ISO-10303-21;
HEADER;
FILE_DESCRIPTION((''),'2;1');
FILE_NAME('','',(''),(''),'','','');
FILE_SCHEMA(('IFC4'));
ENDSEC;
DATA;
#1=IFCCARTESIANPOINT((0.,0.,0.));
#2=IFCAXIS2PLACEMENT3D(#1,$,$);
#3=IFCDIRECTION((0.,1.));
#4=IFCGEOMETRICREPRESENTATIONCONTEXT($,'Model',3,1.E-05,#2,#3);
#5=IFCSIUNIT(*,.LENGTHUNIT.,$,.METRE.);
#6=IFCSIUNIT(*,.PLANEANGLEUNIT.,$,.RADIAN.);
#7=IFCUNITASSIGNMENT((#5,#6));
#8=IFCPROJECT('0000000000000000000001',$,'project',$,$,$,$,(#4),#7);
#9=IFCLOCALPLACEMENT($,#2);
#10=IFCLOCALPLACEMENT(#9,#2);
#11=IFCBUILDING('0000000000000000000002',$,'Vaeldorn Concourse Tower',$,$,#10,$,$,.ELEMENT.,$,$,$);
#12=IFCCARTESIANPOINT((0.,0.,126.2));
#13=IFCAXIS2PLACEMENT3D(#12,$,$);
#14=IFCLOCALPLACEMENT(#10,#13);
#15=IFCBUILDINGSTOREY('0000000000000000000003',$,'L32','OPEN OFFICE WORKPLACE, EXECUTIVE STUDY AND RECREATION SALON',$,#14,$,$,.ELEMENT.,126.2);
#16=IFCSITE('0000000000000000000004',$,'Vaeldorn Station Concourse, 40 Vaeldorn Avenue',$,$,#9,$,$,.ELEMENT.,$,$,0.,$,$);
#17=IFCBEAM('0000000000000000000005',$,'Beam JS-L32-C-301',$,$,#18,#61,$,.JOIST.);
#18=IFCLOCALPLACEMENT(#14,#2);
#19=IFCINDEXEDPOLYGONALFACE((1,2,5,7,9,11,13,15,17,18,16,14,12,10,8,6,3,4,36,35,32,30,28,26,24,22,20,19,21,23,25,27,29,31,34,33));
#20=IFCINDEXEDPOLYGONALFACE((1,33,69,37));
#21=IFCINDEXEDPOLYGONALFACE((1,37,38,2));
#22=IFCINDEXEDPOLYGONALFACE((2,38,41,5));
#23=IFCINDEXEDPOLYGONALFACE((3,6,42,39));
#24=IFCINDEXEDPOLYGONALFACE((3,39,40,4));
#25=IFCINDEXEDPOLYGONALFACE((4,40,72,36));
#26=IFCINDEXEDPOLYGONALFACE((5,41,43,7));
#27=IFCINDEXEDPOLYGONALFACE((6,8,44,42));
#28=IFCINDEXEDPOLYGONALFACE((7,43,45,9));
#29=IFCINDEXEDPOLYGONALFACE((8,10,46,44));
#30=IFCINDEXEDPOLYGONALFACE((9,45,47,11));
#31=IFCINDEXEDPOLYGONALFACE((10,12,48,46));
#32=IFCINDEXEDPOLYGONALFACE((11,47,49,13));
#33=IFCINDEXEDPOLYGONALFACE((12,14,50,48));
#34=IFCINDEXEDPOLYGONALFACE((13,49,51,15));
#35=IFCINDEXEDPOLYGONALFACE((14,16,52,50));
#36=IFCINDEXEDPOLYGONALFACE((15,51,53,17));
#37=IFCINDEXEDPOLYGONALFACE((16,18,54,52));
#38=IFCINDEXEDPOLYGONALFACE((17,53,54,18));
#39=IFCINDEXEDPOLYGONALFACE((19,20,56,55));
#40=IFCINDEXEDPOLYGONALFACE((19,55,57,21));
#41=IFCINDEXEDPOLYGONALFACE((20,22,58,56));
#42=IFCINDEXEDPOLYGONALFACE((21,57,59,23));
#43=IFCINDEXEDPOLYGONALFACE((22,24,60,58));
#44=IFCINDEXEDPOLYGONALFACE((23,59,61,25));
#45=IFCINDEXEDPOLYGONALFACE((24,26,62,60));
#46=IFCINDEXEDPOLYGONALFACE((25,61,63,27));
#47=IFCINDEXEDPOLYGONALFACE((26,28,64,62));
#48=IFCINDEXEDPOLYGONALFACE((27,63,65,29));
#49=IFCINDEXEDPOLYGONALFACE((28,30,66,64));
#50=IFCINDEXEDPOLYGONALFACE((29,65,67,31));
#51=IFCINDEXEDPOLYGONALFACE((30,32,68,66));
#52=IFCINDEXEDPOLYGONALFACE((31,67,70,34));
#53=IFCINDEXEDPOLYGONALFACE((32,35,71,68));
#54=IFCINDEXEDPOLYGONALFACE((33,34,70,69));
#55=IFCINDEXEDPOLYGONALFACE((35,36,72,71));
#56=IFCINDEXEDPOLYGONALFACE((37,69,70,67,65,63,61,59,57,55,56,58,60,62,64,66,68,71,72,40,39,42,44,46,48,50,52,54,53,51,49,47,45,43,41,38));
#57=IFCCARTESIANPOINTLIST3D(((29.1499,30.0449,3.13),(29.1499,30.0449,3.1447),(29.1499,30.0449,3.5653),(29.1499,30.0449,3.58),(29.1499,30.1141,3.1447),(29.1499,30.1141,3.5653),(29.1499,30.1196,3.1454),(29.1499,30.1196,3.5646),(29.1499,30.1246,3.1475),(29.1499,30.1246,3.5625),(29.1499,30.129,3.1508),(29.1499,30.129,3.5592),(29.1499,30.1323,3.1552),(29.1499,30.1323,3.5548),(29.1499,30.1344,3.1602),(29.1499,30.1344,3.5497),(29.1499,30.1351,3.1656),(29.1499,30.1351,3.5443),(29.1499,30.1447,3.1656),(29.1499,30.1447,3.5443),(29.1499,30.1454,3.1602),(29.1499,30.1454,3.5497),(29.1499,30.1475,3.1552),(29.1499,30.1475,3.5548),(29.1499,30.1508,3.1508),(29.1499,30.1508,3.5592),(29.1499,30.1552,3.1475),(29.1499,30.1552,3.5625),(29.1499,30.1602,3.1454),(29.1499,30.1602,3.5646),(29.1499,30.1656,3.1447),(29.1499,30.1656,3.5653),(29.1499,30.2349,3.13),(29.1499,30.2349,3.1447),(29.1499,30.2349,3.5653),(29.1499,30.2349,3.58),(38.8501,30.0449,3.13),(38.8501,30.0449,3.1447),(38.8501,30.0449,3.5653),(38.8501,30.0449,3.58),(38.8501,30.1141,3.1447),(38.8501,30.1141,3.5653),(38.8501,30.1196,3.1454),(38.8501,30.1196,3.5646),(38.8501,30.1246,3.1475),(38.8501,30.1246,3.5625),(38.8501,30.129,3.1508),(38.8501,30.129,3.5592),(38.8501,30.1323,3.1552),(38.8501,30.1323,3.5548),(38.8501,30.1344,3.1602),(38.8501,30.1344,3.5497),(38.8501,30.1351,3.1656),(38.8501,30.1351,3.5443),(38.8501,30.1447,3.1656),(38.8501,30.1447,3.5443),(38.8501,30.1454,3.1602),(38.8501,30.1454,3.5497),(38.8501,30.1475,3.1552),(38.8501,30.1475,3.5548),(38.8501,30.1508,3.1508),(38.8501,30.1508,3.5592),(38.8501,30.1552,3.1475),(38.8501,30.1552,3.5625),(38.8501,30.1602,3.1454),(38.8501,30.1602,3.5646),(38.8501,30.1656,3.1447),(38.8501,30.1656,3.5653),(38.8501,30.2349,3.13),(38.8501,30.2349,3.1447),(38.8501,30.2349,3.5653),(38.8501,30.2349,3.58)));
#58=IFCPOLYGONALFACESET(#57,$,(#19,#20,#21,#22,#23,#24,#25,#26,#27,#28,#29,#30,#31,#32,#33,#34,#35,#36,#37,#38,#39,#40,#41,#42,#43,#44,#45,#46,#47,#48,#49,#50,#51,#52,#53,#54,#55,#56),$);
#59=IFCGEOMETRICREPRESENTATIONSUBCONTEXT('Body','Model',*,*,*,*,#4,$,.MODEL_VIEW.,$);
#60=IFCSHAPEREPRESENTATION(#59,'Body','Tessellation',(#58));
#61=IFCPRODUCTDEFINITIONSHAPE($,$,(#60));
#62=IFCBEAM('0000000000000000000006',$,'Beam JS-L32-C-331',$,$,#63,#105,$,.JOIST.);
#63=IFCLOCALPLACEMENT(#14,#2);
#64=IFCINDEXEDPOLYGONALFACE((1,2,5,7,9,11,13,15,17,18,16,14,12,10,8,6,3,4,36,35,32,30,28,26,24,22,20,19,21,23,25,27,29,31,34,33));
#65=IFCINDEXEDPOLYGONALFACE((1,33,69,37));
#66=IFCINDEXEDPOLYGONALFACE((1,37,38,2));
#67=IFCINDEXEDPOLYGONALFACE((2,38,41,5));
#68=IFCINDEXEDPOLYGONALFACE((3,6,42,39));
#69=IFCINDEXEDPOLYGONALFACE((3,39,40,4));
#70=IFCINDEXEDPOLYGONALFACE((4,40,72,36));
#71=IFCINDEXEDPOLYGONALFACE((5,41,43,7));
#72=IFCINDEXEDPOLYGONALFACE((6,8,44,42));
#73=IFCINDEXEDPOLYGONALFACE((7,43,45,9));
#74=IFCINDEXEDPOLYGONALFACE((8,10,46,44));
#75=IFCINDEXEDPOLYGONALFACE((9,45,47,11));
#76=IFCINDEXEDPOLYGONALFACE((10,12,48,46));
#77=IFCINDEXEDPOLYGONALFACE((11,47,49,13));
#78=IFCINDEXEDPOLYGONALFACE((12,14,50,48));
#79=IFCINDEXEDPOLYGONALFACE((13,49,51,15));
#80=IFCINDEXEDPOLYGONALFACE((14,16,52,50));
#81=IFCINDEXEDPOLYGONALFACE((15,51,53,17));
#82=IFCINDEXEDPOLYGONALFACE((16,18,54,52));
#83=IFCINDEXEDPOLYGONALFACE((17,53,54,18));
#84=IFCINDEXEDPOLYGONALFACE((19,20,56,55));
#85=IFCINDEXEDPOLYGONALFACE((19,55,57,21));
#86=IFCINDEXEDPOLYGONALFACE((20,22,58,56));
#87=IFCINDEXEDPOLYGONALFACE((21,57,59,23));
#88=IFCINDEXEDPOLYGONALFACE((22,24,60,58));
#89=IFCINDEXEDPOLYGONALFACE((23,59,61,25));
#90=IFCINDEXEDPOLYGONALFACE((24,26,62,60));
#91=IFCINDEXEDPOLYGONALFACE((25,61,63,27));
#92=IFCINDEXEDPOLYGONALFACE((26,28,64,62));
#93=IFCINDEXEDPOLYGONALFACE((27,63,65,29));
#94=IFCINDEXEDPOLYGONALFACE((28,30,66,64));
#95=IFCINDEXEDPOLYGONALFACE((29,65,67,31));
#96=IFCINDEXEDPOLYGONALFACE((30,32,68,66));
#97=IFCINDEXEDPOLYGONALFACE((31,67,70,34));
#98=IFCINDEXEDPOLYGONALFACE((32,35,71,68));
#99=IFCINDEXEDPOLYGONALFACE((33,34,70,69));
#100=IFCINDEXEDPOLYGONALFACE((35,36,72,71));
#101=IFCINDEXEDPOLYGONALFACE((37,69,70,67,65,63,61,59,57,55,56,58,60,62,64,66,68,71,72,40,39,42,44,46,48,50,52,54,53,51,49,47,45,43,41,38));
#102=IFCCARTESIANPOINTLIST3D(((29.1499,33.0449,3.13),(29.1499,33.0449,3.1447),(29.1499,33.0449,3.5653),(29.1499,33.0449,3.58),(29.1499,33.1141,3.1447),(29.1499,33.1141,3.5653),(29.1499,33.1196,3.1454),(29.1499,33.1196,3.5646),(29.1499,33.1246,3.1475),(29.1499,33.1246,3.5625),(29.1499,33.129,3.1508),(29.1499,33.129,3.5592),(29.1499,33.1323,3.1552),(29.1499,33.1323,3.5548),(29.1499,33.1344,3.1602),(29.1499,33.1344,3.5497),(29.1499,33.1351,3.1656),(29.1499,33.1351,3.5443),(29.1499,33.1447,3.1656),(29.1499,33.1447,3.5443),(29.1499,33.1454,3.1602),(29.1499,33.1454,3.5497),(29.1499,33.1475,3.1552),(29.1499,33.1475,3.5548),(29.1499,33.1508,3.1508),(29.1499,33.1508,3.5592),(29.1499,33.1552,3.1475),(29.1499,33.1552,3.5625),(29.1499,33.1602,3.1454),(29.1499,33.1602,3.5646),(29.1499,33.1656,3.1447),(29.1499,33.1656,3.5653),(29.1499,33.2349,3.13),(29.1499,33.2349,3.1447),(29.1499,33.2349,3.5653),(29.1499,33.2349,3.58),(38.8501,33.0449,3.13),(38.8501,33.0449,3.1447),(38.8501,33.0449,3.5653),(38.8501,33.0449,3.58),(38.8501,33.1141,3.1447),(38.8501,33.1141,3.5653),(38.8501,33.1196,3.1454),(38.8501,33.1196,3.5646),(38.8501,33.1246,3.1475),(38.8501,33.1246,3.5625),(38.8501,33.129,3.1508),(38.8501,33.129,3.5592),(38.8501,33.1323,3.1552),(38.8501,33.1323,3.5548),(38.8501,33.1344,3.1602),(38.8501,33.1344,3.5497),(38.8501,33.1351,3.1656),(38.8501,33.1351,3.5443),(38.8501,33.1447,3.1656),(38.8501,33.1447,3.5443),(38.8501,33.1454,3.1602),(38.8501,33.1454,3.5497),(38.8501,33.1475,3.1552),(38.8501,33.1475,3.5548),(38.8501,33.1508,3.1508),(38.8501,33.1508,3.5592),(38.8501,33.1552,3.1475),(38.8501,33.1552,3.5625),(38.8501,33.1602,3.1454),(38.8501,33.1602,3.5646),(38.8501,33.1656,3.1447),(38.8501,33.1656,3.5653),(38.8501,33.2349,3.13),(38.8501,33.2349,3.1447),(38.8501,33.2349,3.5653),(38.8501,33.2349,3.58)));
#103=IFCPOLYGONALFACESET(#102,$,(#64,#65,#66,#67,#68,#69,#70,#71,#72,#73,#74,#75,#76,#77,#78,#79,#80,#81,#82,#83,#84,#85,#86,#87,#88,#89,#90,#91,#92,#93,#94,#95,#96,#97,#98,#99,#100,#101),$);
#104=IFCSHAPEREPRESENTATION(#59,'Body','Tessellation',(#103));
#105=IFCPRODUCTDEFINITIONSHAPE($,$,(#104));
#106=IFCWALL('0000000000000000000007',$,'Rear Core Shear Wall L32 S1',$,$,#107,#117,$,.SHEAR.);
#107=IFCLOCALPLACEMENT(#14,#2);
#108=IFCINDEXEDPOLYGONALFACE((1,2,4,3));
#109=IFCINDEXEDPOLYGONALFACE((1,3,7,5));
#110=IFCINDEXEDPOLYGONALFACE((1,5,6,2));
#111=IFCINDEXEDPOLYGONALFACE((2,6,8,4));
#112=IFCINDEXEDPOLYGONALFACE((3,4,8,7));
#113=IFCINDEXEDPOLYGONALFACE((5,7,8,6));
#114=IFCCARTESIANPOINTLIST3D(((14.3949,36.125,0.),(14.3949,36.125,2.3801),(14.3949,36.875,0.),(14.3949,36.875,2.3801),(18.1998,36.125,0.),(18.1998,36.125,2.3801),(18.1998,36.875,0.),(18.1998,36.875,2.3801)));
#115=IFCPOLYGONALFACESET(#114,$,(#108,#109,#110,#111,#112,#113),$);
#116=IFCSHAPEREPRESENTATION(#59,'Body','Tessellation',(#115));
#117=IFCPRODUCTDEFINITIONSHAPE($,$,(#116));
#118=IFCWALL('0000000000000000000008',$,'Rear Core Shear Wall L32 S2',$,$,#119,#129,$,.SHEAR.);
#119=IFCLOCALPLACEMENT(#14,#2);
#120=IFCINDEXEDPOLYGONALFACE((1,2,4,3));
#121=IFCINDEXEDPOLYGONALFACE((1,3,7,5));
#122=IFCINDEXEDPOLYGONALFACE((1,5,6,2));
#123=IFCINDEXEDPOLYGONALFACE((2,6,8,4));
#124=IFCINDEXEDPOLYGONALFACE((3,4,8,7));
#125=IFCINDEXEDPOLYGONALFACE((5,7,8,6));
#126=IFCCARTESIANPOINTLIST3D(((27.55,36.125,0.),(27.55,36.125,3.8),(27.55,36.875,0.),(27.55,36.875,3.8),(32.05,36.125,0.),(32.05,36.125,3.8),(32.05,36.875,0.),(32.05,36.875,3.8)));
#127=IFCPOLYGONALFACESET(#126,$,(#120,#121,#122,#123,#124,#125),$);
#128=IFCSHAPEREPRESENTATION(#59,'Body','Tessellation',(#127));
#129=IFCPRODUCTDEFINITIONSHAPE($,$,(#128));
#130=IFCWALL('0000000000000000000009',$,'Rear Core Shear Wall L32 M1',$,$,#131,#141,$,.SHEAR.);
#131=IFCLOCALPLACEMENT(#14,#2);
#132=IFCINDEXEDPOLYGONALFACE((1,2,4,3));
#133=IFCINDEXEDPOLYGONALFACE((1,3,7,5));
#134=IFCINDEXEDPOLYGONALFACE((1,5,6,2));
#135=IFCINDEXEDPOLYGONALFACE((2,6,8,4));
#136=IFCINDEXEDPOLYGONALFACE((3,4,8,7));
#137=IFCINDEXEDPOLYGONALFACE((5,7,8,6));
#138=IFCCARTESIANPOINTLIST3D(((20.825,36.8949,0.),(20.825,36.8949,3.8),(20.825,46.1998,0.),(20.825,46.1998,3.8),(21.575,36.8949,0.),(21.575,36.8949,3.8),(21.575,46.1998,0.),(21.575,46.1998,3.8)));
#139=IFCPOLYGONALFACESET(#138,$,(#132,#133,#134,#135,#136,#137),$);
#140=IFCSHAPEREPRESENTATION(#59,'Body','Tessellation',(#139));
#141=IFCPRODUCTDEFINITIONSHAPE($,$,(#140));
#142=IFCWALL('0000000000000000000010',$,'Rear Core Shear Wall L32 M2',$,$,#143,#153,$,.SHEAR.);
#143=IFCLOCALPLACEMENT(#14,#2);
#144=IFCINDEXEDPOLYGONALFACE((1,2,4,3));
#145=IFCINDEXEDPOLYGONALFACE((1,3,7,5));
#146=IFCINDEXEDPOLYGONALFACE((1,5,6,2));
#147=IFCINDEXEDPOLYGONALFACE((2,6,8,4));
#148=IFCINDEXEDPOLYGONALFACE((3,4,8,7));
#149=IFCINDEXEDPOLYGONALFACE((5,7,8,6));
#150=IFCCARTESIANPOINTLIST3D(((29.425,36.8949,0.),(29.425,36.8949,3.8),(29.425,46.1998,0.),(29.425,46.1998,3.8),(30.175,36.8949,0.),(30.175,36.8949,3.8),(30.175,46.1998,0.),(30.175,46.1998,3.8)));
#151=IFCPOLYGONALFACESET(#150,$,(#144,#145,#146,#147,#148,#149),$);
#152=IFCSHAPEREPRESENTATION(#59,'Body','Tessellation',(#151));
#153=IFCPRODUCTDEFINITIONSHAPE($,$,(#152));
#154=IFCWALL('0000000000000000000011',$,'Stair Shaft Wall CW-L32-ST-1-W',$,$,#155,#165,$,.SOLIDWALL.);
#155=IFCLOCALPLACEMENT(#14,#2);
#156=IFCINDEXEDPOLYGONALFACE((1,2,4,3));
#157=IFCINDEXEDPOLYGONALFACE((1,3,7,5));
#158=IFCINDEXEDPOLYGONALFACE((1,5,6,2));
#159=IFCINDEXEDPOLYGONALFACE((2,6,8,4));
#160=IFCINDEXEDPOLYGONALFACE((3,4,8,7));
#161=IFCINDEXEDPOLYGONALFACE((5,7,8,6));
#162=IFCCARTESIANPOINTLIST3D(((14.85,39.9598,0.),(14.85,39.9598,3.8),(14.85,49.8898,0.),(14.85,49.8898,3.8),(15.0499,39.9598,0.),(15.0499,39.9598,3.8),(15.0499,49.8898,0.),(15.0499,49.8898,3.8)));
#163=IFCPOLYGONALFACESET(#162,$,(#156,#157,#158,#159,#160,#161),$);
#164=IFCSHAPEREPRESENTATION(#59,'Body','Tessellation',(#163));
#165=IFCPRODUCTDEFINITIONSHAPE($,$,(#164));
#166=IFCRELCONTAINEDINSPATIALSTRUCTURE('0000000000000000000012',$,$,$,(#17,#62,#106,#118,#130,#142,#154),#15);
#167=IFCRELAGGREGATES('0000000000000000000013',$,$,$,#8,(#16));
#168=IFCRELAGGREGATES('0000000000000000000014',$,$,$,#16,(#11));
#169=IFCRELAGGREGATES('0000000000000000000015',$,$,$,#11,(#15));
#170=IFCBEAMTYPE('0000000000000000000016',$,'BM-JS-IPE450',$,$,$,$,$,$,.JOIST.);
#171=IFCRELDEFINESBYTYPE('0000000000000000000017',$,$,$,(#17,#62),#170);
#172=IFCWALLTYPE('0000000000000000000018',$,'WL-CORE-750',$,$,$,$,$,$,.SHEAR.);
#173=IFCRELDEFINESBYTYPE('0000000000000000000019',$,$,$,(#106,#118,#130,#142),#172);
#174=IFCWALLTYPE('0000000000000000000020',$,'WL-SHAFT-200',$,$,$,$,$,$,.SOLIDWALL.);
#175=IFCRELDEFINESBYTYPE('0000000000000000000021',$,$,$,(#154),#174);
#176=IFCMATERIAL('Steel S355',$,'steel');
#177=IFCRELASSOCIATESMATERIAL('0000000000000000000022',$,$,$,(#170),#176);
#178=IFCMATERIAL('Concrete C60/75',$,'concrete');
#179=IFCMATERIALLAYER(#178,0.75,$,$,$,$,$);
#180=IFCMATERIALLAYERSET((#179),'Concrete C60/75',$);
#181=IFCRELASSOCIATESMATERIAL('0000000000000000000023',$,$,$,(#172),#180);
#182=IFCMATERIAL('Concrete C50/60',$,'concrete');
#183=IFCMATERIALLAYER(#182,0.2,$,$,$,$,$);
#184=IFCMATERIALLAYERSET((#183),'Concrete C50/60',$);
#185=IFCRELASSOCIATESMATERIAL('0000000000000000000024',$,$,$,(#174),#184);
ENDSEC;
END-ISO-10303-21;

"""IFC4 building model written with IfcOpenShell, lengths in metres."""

from ifc_helpers import new_model, si_unit, direction, frame, frame_2d, origin, origin_2d, place, context, subcontext, project, spatial, rectangle, i_section, extrude, source, transform, mapped, material, layer, layer_set, material_profile, profile_set, type_object, element, save


model = new_model("IFC4")

# Units and contexts
model_context = context("Model", 3, precision=1e-05, world=origin(), true_north=direction((0.0, 1.0)))
body_context = subcontext(model_context, "Body", "Model", "MODEL_VIEW")
ifc_project = project(units=[si_unit("LENGTHUNIT", "METRE"), si_unit("PLANEANGLEUNIT", "RADIAN")], contexts=[model_context])

# Site, building, storey
site_placement = place(None, origin())
site = spatial("IfcSite", under=ifc_project, at=site_placement, Name="Vaeldorn Station Concourse, 40 Vaeldorn Avenue", CompositionType="ELEMENT", RefElevation=0.0)
building_placement = place(site_placement, origin())
building = spatial("IfcBuilding", under=site, at=building_placement, Name="Vaeldorn Concourse Tower", CompositionType="ELEMENT")
storey_placement = place(building_placement, frame((0.0, 0.0, 126.2)))
storey = spatial("IfcBuildingStorey", under=building, at=storey_placement, Name="L32", Description="OPEN OFFICE WORKPLACE, EXECUTIVE STUDY AND RECREATION SALON", CompositionType="ELEMENT", Elevation=126.2)

# Beams
ifc_material_1 = material(Name="Steel S355", Category="steel")
ifc_material_profile_1 = material_profile(ifc_material_1, i_section(OverallWidth=0.1899, OverallDepth=0.45, WebThickness=0.0095, FlangeThickness=0.0146, FilletRadius=0.021, at=origin_2d()), Name="IPE 450")
ifc_profile_set_1 = profile_set([ifc_material_profile_1], Name="Steel S355")
beam_type_1 = type_object("IfcBeamType", Name="BM-JS-IPE450", PredefinedType="JOIST", material=ifc_profile_set_1)
shared_shape_1 = source(origin(), body_context, "Body", "SweptSolid", [
    extrude(i_section(OverallWidth=0.1899, OverallDepth=0.45, WebThickness=0.0095, FlangeThickness=0.0146, FilletRadius=0.021, at=origin_2d()), origin(), (0.0, 0.0, 1.0), 9.7002),
])
for number, where, z_axis, x_axis, name in (
    (1, (29.1499, 30.1399, 3.355), (1.0, 0.0, 0.0), (0.0, 1.0, 0.0), "Beam JS-L32-C-301"),
    (2, (29.1499, 33.1399, 3.355), (1.0, 0.0, 0.0), (0.0, 1.0, 0.0), "Beam JS-L32-C-331"),
):
    element("IfcBeam", number, at=place(storey_placement, frame(where, z_axis=z_axis, x_axis=x_axis)), inside=storey, type_object=beam_type_1, Name=name, PredefinedType="JOIST", context=body_context, shape_type="MappedRepresentation", body=[
        mapped(shared_shape_1, transform((0.0, 0.0, 0.0), scale=1.0)),
    ])

# Walls
ifc_material_2 = material(Name="Concrete C60/75", Category="concrete")
ifc_layer_1 = layer(ifc_material_2, 0.75)
ifc_layer_set_1 = layer_set([ifc_layer_1], Name="Concrete C60/75")
wall_type_1 = type_object("IfcWallType", Name="WL-CORE-750", PredefinedType="SHEAR", material=ifc_layer_set_1)
wall_1_placement = place(storey_placement, frame((14.395, 36.5, 0.0), z_axis=(0.0, 0.0, 1.0), x_axis=(1.0, 0.0, 0.0)))
element("IfcWall", 3, at=wall_1_placement, inside=storey, type_object=wall_type_1, Name="Rear Core Shear Wall L32 S1", PredefinedType="SHEAR", context=body_context, shape_type="SweptSolid", body=[
    extrude(rectangle(XDim=3.8049, YDim=0.75, at=frame_2d((1.9023, 0.0))), origin(), (0.0, 0.0, 1.0), 2.3801),
])
wall_2_placement = place(storey_placement, frame((27.55, 36.5, 0.0), z_axis=(0.0, 0.0, 1.0), x_axis=(1.0, 0.0, 0.0)))
element("IfcWall", 4, at=wall_2_placement, inside=storey, type_object=wall_type_1, Name="Rear Core Shear Wall L32 S2", PredefinedType="SHEAR", context=body_context, shape_type="SweptSolid", body=[
    extrude(rectangle(XDim=4.5, YDim=0.75, at=frame_2d((2.25, 0.0))), origin(), (0.0, 0.0, 1.0), 3.8),
])
for number, where, z_axis, x_axis, name in (
    (5, (21.2, 36.895, 0.0), (0.0, 0.0, 1.0), (0.0, 1.0, 0.0), "Rear Core Shear Wall L32 M1"),
    (6, (29.8, 36.895, 0.0), (0.0, 0.0, 1.0), (0.0, 1.0, 0.0), "Rear Core Shear Wall L32 M2"),
):
    element("IfcWall", number, at=place(storey_placement, frame(where, z_axis=z_axis, x_axis=x_axis)), inside=storey, type_object=wall_type_1, Name=name, PredefinedType="SHEAR", context=body_context, shape_type="SweptSolid", body=[
        extrude(rectangle(XDim=9.3049, YDim=0.75, at=frame_2d((4.6523, 0.0))), origin(), (0.0, 0.0, 1.0), 3.8),
    ])

# Shared definitions
ifc_material_3 = material(Name="Concrete C50/60", Category="concrete")
ifc_layer_2 = layer(ifc_material_3, 0.2)
ifc_layer_set_2 = layer_set([ifc_layer_2], Name="Concrete C50/60")
wall_type_2 = type_object("IfcWallType", Name="WL-SHAFT-200", PredefinedType="SOLIDWALL", material=ifc_layer_set_2)

# Wall
wall_3_placement = place(storey_placement, frame((14.95, 39.96, 0.0), z_axis=(0.0, 0.0, 1.0), x_axis=(0.0, 1.0, 0.0)))
element("IfcWall", 7, at=wall_3_placement, inside=storey, type_object=wall_type_2, Name="Stair Shaft Wall CW-L32-ST-1-W", PredefinedType="SOLIDWALL", context=body_context, shape_type="SweptSolid", body=[
    extrude(rectangle(XDim=9.9299, YDim=0.2, at=frame_2d((4.9648, 0.0))), origin(), (0.0, 0.0, 1.0), 3.8),
])

save(model, "model.ifc")
